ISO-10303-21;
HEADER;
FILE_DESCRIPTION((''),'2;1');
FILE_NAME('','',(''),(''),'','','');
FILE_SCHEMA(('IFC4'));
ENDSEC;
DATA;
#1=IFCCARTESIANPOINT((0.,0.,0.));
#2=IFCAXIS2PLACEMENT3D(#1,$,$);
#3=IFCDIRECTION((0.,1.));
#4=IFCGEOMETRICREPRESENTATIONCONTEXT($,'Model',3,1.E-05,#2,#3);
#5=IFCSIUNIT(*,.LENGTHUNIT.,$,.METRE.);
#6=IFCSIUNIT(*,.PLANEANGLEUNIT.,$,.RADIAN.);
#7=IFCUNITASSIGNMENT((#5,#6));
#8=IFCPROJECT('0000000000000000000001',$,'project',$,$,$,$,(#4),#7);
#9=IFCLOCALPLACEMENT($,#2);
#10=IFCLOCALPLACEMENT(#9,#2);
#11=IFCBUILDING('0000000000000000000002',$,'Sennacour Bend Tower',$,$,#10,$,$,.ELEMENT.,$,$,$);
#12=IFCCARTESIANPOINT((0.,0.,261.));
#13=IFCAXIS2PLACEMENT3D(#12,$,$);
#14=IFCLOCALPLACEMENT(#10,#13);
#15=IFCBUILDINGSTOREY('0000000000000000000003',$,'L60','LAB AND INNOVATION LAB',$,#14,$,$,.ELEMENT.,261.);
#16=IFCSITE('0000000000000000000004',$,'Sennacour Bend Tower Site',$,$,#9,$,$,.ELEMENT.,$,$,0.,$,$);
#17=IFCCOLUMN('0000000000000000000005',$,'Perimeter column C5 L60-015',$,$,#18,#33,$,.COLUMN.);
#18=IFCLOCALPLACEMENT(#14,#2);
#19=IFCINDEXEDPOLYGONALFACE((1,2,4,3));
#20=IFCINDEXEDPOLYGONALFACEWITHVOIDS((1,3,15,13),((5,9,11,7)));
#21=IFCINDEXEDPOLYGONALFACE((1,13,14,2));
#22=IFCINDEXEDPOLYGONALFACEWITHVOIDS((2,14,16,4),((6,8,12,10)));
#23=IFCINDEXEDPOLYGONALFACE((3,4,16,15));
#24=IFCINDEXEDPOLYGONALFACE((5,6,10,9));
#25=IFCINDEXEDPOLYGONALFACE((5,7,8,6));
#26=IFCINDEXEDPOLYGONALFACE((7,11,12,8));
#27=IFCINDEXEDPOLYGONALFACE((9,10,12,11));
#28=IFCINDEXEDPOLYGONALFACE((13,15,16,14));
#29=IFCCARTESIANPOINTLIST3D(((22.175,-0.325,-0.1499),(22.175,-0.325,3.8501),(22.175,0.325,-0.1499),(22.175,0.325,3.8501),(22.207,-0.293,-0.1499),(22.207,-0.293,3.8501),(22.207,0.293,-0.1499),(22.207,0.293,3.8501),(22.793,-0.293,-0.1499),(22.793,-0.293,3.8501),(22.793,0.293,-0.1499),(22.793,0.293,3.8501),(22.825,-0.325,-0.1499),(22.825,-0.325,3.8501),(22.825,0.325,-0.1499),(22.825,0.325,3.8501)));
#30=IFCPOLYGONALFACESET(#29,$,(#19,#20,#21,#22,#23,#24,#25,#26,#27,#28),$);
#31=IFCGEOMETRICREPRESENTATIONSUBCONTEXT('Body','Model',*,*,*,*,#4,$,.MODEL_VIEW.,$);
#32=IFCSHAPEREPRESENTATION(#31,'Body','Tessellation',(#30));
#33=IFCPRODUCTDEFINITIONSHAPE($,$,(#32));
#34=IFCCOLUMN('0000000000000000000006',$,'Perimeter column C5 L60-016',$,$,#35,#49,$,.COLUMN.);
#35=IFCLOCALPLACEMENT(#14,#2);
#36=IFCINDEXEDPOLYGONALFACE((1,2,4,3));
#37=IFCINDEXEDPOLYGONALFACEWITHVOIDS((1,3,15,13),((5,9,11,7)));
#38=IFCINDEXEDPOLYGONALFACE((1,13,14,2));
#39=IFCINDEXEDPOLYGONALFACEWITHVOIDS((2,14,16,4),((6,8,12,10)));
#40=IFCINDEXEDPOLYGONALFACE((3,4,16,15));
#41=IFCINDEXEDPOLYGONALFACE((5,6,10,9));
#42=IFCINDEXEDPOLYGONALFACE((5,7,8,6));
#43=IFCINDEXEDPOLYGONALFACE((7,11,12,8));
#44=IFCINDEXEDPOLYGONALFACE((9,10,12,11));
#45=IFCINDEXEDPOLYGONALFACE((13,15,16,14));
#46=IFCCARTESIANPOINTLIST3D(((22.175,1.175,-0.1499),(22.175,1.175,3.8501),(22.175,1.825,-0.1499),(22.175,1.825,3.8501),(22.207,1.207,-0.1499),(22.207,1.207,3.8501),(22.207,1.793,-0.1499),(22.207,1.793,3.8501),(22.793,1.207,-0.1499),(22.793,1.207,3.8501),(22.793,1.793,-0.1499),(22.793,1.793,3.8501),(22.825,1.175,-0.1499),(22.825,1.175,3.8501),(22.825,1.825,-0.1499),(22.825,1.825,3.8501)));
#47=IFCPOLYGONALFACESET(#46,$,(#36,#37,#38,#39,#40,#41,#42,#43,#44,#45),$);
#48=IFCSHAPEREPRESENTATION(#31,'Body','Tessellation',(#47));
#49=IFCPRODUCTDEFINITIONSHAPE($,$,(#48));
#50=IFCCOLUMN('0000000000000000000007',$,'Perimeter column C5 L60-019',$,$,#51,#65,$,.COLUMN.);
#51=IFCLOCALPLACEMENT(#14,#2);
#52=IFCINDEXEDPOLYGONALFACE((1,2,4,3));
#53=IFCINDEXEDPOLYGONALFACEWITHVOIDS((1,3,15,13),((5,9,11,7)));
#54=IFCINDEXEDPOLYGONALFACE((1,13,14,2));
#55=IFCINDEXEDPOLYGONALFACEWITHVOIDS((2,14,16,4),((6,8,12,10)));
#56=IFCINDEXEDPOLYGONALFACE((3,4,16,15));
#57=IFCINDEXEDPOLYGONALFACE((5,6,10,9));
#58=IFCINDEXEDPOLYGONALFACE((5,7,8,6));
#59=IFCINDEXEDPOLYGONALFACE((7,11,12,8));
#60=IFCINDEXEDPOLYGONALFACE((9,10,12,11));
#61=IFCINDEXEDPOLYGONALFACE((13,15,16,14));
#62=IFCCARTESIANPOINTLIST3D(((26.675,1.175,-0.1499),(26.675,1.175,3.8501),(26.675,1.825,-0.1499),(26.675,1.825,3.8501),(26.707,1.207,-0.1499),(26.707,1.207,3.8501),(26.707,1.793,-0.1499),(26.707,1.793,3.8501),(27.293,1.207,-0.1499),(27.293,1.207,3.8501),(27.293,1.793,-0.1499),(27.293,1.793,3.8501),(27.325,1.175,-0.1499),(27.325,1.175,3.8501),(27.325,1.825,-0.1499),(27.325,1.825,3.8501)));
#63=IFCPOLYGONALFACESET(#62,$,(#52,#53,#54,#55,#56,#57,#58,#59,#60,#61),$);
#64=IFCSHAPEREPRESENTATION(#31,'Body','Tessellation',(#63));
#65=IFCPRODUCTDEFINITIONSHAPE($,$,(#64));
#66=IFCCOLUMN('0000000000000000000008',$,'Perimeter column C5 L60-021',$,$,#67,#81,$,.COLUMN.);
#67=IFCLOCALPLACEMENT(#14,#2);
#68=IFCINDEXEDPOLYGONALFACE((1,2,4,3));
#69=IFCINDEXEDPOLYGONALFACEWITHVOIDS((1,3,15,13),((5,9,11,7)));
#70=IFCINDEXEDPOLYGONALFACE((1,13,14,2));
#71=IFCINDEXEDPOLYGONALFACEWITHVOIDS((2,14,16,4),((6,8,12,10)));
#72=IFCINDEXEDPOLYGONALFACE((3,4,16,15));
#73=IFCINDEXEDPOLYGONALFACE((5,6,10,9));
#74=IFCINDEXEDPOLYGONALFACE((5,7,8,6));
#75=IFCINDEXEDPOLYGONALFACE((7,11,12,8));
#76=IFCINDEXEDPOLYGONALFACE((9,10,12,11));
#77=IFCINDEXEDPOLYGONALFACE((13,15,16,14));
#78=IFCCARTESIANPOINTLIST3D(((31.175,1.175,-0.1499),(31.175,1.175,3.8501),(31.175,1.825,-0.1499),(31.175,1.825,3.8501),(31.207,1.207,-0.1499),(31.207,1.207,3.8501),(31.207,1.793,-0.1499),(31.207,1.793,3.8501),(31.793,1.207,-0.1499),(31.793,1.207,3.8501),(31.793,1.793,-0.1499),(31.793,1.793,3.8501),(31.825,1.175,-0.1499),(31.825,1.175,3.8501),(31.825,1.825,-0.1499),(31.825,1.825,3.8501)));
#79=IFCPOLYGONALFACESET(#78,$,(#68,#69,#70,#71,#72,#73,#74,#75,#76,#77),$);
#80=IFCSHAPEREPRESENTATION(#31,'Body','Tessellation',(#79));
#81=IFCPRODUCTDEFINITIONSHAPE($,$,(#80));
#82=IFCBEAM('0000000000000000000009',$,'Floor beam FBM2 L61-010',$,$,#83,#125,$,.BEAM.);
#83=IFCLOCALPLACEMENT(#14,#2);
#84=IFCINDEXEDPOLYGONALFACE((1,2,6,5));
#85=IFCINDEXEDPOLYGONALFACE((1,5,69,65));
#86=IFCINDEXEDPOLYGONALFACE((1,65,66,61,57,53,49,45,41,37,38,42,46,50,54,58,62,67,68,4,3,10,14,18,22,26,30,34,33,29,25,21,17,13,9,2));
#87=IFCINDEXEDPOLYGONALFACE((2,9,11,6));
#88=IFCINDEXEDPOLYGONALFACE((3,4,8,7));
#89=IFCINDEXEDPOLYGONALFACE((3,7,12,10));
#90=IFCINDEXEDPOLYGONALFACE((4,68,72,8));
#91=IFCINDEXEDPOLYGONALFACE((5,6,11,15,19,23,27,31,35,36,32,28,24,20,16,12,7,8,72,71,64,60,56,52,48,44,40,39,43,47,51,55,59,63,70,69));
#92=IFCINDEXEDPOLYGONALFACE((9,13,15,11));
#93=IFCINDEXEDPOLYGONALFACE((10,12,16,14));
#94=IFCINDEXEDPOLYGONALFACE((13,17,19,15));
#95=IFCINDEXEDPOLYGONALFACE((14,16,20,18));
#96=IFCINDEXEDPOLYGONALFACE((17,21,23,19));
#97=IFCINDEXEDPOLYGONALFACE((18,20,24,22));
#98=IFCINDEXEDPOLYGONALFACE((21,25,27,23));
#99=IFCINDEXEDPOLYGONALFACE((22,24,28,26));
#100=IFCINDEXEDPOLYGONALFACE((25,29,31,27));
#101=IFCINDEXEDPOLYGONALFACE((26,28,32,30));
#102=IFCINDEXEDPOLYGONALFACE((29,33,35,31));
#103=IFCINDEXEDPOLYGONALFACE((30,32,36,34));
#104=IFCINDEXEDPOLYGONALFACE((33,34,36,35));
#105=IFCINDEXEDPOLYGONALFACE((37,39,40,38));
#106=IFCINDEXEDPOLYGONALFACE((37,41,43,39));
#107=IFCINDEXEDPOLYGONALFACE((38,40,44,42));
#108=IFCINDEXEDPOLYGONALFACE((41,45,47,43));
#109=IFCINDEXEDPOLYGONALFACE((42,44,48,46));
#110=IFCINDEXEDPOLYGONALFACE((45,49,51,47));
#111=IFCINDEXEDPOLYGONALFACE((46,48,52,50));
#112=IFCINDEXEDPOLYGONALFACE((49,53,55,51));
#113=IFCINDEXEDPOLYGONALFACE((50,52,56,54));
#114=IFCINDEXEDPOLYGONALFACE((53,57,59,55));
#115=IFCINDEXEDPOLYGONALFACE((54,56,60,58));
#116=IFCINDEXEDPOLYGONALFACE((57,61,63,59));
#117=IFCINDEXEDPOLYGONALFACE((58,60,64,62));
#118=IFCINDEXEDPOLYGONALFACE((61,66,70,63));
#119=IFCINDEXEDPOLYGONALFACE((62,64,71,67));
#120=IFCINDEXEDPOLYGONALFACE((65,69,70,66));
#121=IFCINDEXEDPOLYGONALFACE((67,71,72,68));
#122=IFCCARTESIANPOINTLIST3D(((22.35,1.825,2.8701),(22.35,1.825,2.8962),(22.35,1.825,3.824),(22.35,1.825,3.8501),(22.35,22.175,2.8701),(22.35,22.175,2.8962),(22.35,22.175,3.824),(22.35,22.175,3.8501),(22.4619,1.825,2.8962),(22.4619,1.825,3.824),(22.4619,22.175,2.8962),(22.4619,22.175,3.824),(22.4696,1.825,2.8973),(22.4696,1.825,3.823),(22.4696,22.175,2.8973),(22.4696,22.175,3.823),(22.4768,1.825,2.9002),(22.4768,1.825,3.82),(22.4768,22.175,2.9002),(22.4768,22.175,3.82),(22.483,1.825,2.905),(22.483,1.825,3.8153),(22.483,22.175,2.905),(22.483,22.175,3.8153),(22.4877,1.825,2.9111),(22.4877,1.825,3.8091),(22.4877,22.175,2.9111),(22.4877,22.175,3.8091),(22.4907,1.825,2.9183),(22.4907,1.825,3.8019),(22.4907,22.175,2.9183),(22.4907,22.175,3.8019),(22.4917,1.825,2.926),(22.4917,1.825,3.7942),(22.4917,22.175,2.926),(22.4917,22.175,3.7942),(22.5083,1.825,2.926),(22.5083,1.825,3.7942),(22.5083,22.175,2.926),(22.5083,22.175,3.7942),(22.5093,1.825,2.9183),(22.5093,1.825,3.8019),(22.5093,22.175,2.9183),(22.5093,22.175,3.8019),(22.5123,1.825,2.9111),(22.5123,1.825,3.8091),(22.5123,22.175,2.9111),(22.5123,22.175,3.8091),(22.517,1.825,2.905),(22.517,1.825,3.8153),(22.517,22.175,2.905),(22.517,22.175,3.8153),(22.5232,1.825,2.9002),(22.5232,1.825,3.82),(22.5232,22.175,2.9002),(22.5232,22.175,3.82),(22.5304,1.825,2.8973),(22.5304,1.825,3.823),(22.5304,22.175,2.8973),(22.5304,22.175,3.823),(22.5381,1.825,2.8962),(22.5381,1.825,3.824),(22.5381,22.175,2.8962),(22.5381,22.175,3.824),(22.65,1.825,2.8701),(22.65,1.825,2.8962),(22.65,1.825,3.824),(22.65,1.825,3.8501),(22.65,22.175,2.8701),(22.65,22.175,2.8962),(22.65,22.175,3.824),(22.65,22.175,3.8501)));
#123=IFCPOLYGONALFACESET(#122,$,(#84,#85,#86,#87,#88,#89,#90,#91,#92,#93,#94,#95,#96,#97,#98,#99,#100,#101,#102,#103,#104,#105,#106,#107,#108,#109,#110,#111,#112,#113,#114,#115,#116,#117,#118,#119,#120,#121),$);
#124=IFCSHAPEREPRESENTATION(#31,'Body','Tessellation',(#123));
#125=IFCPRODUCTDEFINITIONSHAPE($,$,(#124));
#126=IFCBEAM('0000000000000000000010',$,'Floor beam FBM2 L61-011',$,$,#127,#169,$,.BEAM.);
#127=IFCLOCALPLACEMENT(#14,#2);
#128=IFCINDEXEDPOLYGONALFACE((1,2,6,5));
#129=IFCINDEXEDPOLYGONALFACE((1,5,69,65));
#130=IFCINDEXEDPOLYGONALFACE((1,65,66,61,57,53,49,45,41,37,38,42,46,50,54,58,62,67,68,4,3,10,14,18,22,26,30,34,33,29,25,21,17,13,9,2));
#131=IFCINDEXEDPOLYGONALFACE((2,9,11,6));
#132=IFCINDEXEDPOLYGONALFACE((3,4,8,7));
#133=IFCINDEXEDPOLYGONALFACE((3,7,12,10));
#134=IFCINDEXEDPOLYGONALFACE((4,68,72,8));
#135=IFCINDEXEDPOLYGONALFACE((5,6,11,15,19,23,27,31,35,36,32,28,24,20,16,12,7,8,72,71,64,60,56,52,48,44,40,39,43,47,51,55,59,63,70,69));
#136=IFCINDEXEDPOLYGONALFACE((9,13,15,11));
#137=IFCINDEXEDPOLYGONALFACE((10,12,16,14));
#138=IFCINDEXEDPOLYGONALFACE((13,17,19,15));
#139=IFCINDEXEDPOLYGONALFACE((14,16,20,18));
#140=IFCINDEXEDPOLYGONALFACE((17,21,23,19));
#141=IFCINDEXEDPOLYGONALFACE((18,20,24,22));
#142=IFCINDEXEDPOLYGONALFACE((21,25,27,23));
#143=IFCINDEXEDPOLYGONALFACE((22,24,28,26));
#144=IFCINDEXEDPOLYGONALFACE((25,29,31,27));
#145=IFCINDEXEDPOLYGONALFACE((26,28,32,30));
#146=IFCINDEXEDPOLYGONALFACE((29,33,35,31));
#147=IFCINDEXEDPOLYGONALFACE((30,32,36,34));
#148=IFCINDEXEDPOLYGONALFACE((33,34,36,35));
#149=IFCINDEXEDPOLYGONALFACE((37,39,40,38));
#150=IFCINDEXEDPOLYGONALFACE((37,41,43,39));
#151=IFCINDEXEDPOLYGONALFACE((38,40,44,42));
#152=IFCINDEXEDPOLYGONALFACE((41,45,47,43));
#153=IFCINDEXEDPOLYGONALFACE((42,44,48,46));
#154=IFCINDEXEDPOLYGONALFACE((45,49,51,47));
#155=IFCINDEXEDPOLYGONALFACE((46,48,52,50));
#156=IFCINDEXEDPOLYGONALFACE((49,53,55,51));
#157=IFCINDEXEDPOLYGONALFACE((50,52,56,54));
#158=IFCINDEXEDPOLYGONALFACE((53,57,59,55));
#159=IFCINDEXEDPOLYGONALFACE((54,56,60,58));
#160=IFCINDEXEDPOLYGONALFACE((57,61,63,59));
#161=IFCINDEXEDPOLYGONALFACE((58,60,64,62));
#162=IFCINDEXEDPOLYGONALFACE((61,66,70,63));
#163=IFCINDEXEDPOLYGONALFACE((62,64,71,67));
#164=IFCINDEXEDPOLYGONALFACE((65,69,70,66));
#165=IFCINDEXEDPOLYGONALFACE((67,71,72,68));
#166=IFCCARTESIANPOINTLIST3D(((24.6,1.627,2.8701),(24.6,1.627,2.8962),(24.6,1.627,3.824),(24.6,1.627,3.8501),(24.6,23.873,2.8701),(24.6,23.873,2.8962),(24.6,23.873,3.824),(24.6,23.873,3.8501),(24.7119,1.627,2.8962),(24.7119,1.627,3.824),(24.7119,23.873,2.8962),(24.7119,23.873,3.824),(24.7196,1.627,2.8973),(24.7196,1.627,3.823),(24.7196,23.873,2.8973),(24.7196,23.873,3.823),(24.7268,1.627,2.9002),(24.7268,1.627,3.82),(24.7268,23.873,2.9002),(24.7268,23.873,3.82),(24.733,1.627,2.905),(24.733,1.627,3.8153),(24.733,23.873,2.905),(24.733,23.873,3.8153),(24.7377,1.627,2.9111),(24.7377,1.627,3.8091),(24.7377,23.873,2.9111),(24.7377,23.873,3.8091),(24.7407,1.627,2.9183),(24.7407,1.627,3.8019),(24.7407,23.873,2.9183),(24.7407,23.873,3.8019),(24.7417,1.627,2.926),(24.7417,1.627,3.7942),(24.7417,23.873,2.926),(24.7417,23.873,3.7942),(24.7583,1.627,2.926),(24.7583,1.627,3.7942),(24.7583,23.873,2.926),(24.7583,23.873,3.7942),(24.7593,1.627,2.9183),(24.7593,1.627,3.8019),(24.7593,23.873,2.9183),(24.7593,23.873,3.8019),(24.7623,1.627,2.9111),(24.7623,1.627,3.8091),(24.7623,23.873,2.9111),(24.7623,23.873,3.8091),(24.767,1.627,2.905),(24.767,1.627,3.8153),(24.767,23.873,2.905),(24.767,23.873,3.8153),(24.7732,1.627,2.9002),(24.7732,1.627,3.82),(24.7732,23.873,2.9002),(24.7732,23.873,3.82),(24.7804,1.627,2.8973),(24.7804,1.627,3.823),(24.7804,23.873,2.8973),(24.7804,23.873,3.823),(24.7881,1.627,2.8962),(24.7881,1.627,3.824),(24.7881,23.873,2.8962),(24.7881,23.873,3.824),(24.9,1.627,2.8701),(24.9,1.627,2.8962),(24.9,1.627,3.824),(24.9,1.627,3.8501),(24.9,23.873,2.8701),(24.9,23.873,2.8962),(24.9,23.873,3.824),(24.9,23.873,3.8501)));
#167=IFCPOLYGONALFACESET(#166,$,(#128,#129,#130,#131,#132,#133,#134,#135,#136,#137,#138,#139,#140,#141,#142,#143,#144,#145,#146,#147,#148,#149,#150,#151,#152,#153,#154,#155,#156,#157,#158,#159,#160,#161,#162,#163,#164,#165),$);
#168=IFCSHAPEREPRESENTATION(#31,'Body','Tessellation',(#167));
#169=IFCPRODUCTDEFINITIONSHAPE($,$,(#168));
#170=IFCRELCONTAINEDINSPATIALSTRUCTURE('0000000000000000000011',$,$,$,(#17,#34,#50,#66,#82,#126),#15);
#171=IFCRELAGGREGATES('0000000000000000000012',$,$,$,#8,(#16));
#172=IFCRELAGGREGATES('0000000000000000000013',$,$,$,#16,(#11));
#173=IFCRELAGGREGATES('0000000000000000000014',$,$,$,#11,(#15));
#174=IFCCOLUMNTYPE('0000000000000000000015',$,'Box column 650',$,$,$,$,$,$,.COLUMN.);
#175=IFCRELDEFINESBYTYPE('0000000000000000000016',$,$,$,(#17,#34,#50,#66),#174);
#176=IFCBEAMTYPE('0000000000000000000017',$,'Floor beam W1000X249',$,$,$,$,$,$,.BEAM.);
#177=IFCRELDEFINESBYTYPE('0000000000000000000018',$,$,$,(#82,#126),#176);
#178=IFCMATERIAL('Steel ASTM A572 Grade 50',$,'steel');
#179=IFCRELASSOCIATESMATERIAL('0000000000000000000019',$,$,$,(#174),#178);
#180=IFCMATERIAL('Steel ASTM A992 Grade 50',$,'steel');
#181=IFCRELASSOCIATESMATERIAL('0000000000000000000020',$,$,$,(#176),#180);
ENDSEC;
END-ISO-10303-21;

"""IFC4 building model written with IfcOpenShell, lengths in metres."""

from ifc_helpers import new_model, si_unit, direction, frame, origin, origin_2d, place, context, subcontext, project, spatial, hollow_rectangle, i_section, extrude, material, material_profile, profile_set, type_object, element, save


model = new_model("IFC4")

# Units and contexts
model_context = context("Model", 3, precision=1e-05, world=origin(), true_north=direction((0.0, 1.0)))
body_context = subcontext(model_context, "Body", "Model", "MODEL_VIEW")
ifc_project = project(units=[si_unit("LENGTHUNIT", "METRE"), si_unit("PLANEANGLEUNIT", "RADIAN")], contexts=[model_context])

# Site, building, storey
site_placement = place(None, origin())
site = spatial("IfcSite", under=ifc_project, at=site_placement, Name="Sennacour Bend Tower Site", CompositionType="ELEMENT", RefElevation=0.0)
building_placement = place(site_placement, origin())
building = spatial("IfcBuilding", under=site, at=building_placement, Name="Sennacour Bend Tower", CompositionType="ELEMENT")
storey_placement = place(building_placement, frame((0.0, 0.0, 261.0)))
storey = spatial("IfcBuildingStorey", under=building, at=storey_placement, Name="L60", Description="LAB AND INNOVATION LAB", CompositionType="ELEMENT", Elevation=261.0)

# Columns
ifc_material_1 = material(Name="Steel ASTM A572 Grade 50", Category="steel")
ifc_material_profile_1 = material_profile(ifc_material_1, hollow_rectangle(XDim=0.6499, YDim=0.6499, WallThickness=0.032, at=origin_2d()), Name="Steel ASTM A572 Grade 50", Category="steel")
ifc_profile_set_1 = profile_set([ifc_material_profile_1], Name="Steel ASTM A572 Grade 50")
column_type = type_object("IfcColumnType", Name="Box column 650", PredefinedType="COLUMN", material=ifc_profile_set_1)
for number, where, z_axis, x_axis, name in (
    (1, (22.5, 0.0, -0.1499), (0.0, 0.0, 1.0), (1.0, 0.0, 0.0), "Perimeter column C5 L60-015"),
    (2, (22.5, 1.5, -0.1499), (0.0, 0.0, 1.0), (1.0, 0.0, 0.0), "Perimeter column C5 L60-016"),
    (3, (27.0, 1.5, -0.1499), (0.0, 0.0, 1.0), (1.0, 0.0, 0.0), "Perimeter column C5 L60-019"),
    (4, (31.5, 1.5, -0.1499), (0.0, 0.0, 1.0), (1.0, 0.0, 0.0), "Perimeter column C5 L60-021"),
):
    element("IfcColumn", number, at=place(storey_placement, frame(where, z_axis=z_axis, x_axis=x_axis)), inside=storey, type_object=column_type, Name=name, PredefinedType="COLUMN", context=body_context, shape_type="SweptSolid", body=[
        extrude(hollow_rectangle(XDim=0.6499, YDim=0.6499, WallThickness=0.032, at=origin_2d()), origin(), (0.0, 0.0, 1.0), 4.0),
    ])

# Beams
ifc_material_2 = material(Name="Steel ASTM A992 Grade 50", Category="steel")
ifc_material_profile_2 = material_profile(ifc_material_2, i_section(OverallWidth=0.3, OverallDepth=0.98, WebThickness=0.0166, FlangeThickness=0.0261, FilletRadius=0.0298, at=origin_2d()), Name="Steel ASTM A992 Grade 50", Category="steel")
ifc_profile_set_2 = profile_set([ifc_material_profile_2], Name="Steel ASTM A992 Grade 50")
beam_type_1 = type_object("IfcBeamType", Name="Floor beam W1000X249", PredefinedType="BEAM", material=ifc_profile_set_2)
beam_1_placement = place(storey_placement, frame((22.5, 1.825, 3.3601), z_axis=(0.0, 1.0, 0.0), x_axis=(-1.0, 0.0, 0.0)))
element("IfcBeam", 5, at=beam_1_placement, inside=storey, type_object=beam_type_1, Name="Floor beam FBM2 L61-010", PredefinedType="BEAM", context=body_context, shape_type="SweptSolid", body=[
    extrude(i_section(OverallWidth=0.3, OverallDepth=0.98, WebThickness=0.0166, FlangeThickness=0.0261, FilletRadius=0.0298, at=origin_2d()), origin(), (0.0, 0.0, 1.0), 20.3501),
])
for number, where, z_axis, x_axis, name in (
    (6, (24.75, 1.627, 3.3601), (0.0, 1.0, 0.0), (-1.0, 0.0, 0.0), "Floor beam FBM2 L61-011"),
):
    element("IfcBeam", number, at=place(storey_placement, frame(where, z_axis=z_axis, x_axis=x_axis)), inside=storey, type_object=beam_type_1, Name=name, PredefinedType="BEAM", context=body_context, shape_type="SweptSolid", body=[
        extrude(i_section(OverallWidth=0.3, OverallDepth=0.98, WebThickness=0.0166, FlangeThickness=0.0261, FilletRadius=0.0298, at=origin_2d()), origin(), (0.0, 0.0, 1.0), 22.2461),
    ])

save(model, "model.ifc")
